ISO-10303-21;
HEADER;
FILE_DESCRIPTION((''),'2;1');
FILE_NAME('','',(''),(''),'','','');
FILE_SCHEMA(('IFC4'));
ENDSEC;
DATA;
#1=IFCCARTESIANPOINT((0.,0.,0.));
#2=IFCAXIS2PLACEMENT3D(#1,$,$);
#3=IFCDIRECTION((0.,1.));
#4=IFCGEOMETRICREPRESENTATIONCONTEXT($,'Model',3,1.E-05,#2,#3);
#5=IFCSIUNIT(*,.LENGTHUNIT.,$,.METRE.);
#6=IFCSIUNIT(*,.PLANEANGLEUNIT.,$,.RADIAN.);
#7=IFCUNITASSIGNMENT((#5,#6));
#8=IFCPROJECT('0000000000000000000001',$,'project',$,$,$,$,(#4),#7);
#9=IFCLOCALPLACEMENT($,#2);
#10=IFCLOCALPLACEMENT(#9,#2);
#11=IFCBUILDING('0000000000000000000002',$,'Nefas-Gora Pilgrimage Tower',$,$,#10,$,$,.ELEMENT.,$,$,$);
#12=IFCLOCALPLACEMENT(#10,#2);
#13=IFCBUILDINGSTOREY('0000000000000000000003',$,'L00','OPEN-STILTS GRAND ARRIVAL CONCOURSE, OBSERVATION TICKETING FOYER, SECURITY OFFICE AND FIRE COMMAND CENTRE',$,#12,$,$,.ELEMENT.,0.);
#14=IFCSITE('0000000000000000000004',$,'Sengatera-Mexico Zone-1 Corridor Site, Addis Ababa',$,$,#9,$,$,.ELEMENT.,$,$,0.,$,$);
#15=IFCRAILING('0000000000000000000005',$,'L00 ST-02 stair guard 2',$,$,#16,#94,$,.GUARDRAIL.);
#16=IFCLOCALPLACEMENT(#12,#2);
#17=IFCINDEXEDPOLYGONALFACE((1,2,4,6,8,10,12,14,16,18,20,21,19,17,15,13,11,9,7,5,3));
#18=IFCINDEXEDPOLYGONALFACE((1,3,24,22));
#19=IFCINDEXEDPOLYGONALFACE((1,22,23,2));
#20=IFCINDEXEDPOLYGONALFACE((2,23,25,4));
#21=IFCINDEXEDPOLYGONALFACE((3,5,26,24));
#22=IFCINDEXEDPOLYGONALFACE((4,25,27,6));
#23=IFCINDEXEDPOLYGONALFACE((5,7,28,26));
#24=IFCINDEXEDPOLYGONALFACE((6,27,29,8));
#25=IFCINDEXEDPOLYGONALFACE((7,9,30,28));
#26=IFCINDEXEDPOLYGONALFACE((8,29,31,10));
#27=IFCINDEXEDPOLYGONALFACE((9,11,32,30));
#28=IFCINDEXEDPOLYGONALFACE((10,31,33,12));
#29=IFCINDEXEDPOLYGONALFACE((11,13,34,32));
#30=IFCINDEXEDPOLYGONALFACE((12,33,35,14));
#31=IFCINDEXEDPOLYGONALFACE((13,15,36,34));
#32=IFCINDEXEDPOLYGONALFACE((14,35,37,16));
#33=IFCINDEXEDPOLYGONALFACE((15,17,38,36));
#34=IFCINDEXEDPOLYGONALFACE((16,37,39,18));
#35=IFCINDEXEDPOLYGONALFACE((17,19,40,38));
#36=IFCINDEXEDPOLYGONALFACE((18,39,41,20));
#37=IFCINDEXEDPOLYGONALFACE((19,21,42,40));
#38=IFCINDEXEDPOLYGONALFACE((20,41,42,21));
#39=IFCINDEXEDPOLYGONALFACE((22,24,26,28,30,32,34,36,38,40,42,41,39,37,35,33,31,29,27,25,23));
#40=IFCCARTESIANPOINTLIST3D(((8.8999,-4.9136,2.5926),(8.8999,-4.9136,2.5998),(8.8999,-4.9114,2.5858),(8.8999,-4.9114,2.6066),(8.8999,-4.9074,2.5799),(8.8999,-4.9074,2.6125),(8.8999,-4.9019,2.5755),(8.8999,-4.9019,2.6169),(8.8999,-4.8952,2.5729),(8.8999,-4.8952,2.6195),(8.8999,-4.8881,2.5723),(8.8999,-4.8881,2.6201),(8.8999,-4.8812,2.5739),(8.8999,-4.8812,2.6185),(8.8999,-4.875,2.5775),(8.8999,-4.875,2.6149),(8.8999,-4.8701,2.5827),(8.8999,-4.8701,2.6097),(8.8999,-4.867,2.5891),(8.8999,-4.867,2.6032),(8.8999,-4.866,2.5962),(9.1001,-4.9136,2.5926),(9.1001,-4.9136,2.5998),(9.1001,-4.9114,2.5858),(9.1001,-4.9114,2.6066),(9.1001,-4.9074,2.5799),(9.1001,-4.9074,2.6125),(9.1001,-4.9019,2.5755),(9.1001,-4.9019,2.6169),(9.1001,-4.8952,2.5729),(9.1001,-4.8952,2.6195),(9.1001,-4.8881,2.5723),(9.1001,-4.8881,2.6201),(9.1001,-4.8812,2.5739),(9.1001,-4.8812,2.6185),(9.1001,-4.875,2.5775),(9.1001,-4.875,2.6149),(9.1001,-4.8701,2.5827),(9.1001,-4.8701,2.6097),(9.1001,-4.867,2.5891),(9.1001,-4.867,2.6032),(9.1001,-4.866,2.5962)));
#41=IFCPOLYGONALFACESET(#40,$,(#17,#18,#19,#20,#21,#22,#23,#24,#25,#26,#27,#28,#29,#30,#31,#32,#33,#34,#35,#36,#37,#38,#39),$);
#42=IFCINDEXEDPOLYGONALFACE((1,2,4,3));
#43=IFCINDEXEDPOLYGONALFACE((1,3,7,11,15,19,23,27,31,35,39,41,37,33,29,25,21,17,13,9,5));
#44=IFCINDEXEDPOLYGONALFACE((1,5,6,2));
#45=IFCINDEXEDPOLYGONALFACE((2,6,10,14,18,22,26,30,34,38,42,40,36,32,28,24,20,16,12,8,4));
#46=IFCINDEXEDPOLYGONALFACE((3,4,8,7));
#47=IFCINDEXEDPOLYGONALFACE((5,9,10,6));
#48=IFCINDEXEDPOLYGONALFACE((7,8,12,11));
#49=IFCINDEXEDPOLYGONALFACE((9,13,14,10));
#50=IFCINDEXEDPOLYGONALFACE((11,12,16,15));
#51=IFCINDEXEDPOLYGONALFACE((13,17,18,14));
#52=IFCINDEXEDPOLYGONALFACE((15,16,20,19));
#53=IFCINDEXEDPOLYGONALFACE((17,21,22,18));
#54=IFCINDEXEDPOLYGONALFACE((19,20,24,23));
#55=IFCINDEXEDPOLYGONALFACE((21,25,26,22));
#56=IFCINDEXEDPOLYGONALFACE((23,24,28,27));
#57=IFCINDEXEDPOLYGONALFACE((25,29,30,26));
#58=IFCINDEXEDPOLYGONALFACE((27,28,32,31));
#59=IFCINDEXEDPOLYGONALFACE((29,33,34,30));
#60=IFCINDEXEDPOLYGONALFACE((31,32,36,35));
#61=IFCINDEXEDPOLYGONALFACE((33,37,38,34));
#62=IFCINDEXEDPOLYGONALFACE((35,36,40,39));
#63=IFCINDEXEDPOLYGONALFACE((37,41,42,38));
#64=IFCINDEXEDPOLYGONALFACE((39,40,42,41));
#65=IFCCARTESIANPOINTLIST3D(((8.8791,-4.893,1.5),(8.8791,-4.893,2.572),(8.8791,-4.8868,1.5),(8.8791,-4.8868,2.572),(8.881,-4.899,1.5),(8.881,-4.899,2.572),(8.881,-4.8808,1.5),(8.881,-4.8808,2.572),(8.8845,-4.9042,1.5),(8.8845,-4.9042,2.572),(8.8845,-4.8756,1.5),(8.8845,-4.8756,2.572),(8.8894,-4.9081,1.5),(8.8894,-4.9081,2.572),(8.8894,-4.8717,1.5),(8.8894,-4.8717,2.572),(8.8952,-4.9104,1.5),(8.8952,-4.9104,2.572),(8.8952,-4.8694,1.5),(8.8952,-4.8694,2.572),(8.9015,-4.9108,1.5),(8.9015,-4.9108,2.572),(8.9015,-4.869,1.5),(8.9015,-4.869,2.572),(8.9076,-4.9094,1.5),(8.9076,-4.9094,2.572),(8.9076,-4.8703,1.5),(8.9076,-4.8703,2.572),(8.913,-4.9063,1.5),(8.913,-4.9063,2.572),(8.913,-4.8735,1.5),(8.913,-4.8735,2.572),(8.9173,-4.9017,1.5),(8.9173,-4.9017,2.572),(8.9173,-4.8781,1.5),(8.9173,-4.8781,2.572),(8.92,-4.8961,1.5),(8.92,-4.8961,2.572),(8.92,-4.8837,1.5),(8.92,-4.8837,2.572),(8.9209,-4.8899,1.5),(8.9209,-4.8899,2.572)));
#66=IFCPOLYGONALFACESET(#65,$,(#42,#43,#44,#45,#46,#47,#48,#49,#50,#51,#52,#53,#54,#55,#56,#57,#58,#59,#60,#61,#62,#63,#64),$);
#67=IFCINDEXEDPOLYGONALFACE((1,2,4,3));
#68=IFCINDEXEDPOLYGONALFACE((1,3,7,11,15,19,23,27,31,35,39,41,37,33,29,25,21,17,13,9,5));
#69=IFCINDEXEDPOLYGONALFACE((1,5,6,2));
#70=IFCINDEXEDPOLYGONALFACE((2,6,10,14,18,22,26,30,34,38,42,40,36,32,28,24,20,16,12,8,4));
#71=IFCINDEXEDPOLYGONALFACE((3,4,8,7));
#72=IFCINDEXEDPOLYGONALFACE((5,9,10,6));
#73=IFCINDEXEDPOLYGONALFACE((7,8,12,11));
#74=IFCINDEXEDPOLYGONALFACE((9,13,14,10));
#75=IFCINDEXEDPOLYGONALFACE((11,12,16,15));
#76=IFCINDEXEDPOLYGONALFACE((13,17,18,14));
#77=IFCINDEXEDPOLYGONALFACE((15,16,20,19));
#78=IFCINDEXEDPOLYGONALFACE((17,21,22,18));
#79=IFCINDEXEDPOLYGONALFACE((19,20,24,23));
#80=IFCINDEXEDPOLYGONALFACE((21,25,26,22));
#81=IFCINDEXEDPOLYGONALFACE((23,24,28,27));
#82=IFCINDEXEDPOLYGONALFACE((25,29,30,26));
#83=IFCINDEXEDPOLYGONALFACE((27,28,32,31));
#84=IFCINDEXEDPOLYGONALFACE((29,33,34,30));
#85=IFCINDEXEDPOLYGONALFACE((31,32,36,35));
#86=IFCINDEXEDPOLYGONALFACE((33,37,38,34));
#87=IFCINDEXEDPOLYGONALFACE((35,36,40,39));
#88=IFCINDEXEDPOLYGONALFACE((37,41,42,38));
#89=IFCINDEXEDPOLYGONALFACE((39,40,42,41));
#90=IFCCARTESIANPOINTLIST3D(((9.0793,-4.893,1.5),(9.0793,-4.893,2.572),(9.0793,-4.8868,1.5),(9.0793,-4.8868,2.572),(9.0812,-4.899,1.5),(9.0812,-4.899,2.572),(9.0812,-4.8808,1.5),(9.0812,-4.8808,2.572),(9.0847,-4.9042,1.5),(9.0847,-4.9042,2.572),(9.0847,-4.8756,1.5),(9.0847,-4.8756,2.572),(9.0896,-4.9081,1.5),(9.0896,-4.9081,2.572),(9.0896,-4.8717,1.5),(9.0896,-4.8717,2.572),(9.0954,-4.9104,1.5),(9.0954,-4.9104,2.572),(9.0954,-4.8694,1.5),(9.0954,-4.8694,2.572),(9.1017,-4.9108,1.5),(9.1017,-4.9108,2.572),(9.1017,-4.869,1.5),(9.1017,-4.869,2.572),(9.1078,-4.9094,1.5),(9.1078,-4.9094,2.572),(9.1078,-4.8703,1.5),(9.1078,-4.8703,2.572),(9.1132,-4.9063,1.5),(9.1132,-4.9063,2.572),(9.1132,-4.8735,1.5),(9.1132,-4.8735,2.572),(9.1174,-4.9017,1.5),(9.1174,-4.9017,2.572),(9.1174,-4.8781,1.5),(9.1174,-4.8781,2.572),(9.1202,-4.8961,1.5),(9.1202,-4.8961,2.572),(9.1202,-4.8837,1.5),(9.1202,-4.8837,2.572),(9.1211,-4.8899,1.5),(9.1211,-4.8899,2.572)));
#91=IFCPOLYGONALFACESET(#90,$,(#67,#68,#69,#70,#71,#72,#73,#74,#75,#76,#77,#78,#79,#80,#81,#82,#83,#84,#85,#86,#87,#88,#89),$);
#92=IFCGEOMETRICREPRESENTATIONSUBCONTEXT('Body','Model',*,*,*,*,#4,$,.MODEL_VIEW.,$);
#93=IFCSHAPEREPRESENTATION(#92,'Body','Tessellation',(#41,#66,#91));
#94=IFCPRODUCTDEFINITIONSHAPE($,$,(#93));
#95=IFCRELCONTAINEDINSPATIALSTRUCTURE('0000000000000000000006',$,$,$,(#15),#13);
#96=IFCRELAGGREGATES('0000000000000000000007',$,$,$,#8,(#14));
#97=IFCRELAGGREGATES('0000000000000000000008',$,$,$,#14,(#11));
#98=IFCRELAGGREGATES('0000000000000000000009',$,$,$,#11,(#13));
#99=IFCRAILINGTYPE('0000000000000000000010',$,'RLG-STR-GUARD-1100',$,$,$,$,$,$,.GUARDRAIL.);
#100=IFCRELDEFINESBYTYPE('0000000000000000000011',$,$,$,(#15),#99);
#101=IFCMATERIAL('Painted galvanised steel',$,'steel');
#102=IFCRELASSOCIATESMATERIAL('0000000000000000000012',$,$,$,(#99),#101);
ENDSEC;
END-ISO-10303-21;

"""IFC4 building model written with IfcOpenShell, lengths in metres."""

from ifc_helpers import new_model, si_unit, direction, frame, origin, origin_2d, place, context, subcontext, project, spatial, circle, extrude, material, type_object, element, save


model = new_model("IFC4")

# Units and contexts
model_context = context("Model", 3, precision=1e-05, world=origin(), true_north=direction((0.0, 1.0)))
body_context = subcontext(model_context, "Body", "Model", "MODEL_VIEW")
ifc_project = project(units=[si_unit("LENGTHUNIT", "METRE"), si_unit("PLANEANGLEUNIT", "RADIAN")], contexts=[model_context])

# Site, building, storey
site_placement = place(None, origin())
site = spatial("IfcSite", under=ifc_project, at=site_placement, Name="Sengatera-Mexico Zone-1 Corridor Site, Addis Ababa", CompositionType="ELEMENT", RefElevation=0.0)
building_placement = place(site_placement, origin())
building = spatial("IfcBuilding", under=site, at=building_placement, Name="Nefas-Gora Pilgrimage Tower", CompositionType="ELEMENT")
storey_placement = place(building_placement, origin())
storey = spatial("IfcBuildingStorey", under=building, at=storey_placement, Name="L00", Description="OPEN-STILTS GRAND ARRIVAL CONCOURSE, OBSERVATION TICKETING FOYER, SECURITY OFFICE AND FIRE COMMAND CENTRE", CompositionType="ELEMENT", Elevation=0.0)

# Railing
ifc_material_1 = material(Name="Painted galvanised steel", Category="steel")
railing_type_1 = type_object("IfcRailingType", Name="RLG-STR-GUARD-1100", PredefinedType="GUARDRAIL", material=ifc_material_1)
railing_1_placement = place(storey_placement, frame((8.8999, -4.8899, 1.5)))
element("IfcRailing", 1, at=railing_1_placement, inside=storey, type_object=railing_type_1, Name="L00 ST-02 stair guard 2", PredefinedType="GUARDRAIL", context=body_context, shape_type="SweptSolid", body=[
    extrude(circle(Radius=0.0239, at=origin_2d()), frame((0.0, 0.0, 1.0962), z_axis=(1.0, 0.0, 0.0), x_axis=(0.0, 1.0, 0.0)), (0.0, 0.0, 1.0), 0.2002),
    extrude(circle(Radius=0.021, at=origin_2d()), origin(), (0.0, 0.0, 1.0), 1.072),
    extrude(circle(Radius=0.021, at=origin_2d()), frame((0.2002, 0.0, 0.0)), (0.0, 0.0, 1.0), 1.072),
])

save(model, "model.ifc")
